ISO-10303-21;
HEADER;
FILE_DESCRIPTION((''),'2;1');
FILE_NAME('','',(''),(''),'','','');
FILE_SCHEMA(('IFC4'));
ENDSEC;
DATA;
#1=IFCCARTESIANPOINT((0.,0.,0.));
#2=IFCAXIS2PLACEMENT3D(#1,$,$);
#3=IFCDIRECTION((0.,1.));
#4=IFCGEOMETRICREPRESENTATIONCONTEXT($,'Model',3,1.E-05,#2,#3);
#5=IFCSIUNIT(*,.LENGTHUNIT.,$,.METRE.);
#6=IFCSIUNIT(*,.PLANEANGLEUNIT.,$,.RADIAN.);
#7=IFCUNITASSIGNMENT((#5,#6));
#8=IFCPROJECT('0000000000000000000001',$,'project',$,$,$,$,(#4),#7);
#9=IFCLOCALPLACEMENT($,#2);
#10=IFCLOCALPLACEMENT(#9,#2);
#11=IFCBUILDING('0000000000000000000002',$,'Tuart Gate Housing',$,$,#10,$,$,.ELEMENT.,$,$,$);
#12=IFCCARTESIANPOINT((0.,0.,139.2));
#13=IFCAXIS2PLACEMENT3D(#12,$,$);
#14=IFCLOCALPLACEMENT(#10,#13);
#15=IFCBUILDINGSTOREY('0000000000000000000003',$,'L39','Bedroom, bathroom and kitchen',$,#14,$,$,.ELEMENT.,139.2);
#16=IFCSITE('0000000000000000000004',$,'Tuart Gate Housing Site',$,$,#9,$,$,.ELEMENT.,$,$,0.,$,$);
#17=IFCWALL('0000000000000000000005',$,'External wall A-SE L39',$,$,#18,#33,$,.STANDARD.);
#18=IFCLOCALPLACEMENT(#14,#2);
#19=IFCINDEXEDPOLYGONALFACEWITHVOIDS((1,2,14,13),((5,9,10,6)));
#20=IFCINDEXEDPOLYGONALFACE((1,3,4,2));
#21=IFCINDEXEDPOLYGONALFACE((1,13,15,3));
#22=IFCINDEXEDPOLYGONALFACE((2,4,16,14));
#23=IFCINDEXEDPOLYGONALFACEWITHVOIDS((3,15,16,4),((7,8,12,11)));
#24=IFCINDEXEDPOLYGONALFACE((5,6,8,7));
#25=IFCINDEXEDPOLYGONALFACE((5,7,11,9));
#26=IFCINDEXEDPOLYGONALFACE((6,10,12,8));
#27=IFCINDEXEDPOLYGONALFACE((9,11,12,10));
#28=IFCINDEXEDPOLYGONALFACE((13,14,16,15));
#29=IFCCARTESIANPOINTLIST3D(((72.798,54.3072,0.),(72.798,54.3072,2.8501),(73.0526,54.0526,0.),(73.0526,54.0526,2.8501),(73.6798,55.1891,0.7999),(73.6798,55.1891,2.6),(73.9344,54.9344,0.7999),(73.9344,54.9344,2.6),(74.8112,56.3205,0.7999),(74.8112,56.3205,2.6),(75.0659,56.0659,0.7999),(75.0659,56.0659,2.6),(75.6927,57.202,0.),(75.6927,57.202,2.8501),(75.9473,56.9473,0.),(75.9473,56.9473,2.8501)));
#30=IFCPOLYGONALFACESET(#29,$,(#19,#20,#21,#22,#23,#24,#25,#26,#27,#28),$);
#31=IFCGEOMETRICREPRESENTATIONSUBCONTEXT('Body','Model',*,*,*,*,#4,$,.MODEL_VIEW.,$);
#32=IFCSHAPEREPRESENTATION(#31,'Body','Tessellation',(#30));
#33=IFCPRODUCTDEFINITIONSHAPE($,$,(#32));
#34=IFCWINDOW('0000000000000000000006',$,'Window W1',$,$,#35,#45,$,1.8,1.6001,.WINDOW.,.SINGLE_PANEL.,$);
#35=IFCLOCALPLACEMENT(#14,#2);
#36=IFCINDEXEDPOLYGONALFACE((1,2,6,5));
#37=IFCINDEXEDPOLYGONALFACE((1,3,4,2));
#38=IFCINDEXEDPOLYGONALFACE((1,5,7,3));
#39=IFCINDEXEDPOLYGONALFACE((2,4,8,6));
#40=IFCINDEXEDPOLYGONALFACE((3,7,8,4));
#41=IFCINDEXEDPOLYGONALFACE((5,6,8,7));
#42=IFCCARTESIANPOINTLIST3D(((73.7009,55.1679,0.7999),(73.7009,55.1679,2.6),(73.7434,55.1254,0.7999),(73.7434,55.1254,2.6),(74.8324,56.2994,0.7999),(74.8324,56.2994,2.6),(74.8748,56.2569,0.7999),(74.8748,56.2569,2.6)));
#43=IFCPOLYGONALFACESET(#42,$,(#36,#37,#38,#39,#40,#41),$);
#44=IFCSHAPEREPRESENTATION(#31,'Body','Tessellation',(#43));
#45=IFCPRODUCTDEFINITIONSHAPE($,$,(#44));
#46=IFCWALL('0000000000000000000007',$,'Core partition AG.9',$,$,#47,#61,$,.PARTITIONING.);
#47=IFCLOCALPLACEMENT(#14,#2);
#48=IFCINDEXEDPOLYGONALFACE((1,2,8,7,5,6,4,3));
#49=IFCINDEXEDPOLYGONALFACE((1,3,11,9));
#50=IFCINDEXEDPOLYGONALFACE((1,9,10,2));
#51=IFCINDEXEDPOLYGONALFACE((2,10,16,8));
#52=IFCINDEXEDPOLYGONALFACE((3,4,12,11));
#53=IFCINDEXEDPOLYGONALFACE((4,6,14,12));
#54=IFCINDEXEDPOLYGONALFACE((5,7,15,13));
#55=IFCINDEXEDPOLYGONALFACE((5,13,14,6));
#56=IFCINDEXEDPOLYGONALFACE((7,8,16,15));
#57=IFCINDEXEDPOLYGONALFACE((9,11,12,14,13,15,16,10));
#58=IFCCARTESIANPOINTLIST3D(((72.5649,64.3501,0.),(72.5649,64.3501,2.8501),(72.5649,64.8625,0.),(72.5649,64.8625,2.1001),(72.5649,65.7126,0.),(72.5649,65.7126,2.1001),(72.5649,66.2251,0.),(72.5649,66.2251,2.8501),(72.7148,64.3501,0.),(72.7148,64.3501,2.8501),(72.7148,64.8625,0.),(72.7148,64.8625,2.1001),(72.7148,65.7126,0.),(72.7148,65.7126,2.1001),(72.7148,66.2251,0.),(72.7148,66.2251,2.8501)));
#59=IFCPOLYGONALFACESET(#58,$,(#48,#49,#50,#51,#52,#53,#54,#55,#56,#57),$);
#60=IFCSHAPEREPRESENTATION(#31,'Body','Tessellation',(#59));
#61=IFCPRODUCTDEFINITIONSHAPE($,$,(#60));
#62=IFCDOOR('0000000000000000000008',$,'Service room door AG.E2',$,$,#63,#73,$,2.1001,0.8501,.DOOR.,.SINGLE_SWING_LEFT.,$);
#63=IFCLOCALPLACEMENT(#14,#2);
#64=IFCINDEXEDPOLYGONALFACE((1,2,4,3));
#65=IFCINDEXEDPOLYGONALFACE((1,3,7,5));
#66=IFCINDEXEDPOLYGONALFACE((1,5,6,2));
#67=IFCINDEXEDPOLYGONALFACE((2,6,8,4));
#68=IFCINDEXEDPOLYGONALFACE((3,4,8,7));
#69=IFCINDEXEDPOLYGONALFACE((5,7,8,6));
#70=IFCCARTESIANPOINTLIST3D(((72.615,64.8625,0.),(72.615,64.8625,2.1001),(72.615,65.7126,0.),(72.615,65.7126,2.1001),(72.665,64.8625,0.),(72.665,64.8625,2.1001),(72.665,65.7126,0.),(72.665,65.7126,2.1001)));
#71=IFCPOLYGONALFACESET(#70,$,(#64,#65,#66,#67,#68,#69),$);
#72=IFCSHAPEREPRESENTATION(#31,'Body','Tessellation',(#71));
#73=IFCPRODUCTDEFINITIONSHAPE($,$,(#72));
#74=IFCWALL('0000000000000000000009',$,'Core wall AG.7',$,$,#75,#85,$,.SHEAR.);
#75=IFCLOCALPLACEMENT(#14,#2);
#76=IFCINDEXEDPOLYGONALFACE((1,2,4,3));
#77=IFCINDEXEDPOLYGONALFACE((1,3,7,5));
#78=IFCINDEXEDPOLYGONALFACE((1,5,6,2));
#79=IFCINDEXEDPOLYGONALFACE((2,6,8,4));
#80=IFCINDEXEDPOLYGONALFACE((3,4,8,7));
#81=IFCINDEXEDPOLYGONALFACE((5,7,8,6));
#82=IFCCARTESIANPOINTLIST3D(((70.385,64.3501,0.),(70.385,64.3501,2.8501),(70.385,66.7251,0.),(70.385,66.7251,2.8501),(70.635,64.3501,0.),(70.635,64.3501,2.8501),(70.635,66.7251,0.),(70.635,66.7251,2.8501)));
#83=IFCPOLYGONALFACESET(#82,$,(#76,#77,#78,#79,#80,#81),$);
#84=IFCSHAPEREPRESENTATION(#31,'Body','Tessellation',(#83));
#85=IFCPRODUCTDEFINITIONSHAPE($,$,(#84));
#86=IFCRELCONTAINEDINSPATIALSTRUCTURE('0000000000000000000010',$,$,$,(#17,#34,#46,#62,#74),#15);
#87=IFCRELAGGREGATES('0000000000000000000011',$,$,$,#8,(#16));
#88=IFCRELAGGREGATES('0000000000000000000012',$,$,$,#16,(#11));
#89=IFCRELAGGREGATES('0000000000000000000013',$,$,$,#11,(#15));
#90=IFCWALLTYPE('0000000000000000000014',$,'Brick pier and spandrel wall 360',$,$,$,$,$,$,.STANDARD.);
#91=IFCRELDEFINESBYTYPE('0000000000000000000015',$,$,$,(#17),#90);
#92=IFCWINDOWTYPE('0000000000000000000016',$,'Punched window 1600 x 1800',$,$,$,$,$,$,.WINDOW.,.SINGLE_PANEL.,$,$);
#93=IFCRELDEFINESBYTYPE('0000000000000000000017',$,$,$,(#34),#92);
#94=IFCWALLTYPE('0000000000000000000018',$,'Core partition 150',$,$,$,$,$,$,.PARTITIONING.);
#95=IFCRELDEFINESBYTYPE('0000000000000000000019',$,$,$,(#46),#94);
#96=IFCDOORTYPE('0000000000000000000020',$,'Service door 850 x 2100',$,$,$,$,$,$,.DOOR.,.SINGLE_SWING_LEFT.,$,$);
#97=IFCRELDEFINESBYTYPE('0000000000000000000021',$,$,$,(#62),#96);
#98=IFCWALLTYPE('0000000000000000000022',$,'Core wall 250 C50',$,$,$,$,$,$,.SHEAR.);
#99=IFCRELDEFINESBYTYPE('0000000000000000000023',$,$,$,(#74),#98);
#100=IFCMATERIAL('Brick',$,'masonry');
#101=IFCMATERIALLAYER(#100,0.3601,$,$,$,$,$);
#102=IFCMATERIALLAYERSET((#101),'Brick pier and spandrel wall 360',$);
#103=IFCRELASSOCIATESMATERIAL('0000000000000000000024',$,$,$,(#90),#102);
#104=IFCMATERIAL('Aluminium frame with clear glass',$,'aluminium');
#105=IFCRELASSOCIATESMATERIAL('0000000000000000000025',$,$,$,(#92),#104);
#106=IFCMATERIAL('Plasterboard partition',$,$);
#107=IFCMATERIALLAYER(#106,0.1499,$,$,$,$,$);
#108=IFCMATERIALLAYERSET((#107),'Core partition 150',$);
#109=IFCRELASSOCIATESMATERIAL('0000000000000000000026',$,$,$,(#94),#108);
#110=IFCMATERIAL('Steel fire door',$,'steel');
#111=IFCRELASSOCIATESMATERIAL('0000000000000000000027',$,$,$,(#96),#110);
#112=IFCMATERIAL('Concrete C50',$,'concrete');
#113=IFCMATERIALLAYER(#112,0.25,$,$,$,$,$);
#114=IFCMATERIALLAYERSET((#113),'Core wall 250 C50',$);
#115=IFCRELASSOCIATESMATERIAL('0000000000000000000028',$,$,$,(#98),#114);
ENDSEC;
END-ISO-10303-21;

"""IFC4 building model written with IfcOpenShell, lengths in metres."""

from ifc_helpers import new_model, si_unit, direction, frame, frame_2d, origin, place, context, subcontext, project, spatial, rectangle, extrude, material, layer, layer_set, type_object, element, fill, save


model = new_model("IFC4")

# Units and contexts
model_context = context("Model", 3, precision=1e-05, world=origin(), true_north=direction((0.0, 1.0)))
body_context = subcontext(model_context, "Body", "Model", "MODEL_VIEW")
ifc_project = project(units=[si_unit("LENGTHUNIT", "METRE"), si_unit("PLANEANGLEUNIT", "RADIAN")], contexts=[model_context])

# Site, building, storey
site_placement = place(None, origin())
site = spatial("IfcSite", under=ifc_project, at=site_placement, Name="Tuart Gate Housing Site", CompositionType="ELEMENT", RefElevation=0.0)
building_placement = place(site_placement, origin())
building = spatial("IfcBuilding", under=site, at=building_placement, Name="Tuart Gate Housing", CompositionType="ELEMENT")
storey_placement = place(building_placement, frame((0.0, 0.0, 139.2)))
storey = spatial("IfcBuildingStorey", under=building, at=storey_placement, Name="L39", Description="Bedroom, bathroom and kitchen", CompositionType="ELEMENT", Elevation=139.2)

# Wall, opening, window
ifc_material_1 = material(Name="Brick", Category="masonry")
ifc_layer_1 = layer(ifc_material_1, 0.3601)
ifc_layer_set_1 = layer_set([ifc_layer_1], Name="Brick pier and spandrel wall 360")
wall_type_1 = type_object("IfcWallType", Name="Brick pier and spandrel wall 360", PredefinedType="STANDARD", material=ifc_layer_set_1)
wall_1_placement = place(storey_placement, frame((72.9253, 54.1799, 0.0), z_axis=(0.0, 0.0, 1.0), x_axis=(0.707107, 0.707107, 0.0)))
wall_1 = element("IfcWall", 1, at=wall_1_placement, inside=storey, type_object=wall_type_1, Name="External wall A-SE L39", PredefinedType="STANDARD", context=body_context, shape_type="SweptSolid", body=[
    extrude(rectangle(XDim=4.0938, YDim=0.3601, at=frame_2d((2.0469, 0.0))), origin(), (0.0, 0.0, 1.0), 2.8501),
])
opening_1_placement = place(wall_1_placement, frame((1.2471, 0.0, 0.8)))
opening_1 = element("IfcOpeningElement", 2, at=opening_1_placement, cuts=wall_1, PredefinedType="OPENING", context=body_context, shape_type="SweptSolid", body=[
    extrude(rectangle(XDim=1.6001, YDim=1.8, at=frame_2d((0.8, 0.8999))), frame((0.0, 0.1899, 0.0), z_axis=(0.0, -1.0, 0.0), x_axis=(1.0, 0.0, 0.0)), (0.0, 0.0, 1.0), 0.3801),
])
ifc_material_2 = material(Name="Aluminium frame with clear glass", Category="aluminium")
window_type = type_object("IfcWindowType", Name="Punched window 1600 x 1800", PartitioningType="SINGLE_PANEL", PredefinedType="WINDOW", material=ifc_material_2)
window_placement = place(opening_1_placement, origin())
window = element("IfcWindow", 3, at=window_placement, inside=storey, type_object=window_type, Name="Window W1", OverallHeight=1.8, OverallWidth=1.6001, PartitioningType="SINGLE_PANEL", PredefinedType="WINDOW", context=body_context, shape_type="SweptSolid", body=[
    extrude(rectangle(XDim=1.6001, YDim=1.8, at=frame_2d((0.8, 0.8999))), frame((0.0, 0.1501, 0.0), z_axis=(0.0, -1.0, 0.0), x_axis=(1.0, 0.0, 0.0)), (0.0, 0.0, 1.0), 0.0601),
])
fill(opening_1, window)

# Wall, opening, door
ifc_material_3 = material(Name="Plasterboard partition")
ifc_layer_2 = layer(ifc_material_3, 0.1499)
ifc_layer_set_2 = layer_set([ifc_layer_2], Name="Core partition 150")
wall_type_2 = type_object("IfcWallType", Name="Core partition 150", PredefinedType="PARTITIONING", material=ifc_layer_set_2)
wall_2_placement = place(storey_placement, frame((72.6399, 64.3501, 0.0), z_axis=(0.0, 0.0, 1.0), x_axis=(0.0, 1.0, 0.0)))
wall_2 = element("IfcWall", 4, at=wall_2_placement, inside=storey, type_object=wall_type_2, Name="Core partition AG.9", PredefinedType="PARTITIONING", context=body_context, shape_type="SweptSolid", body=[
    extrude(rectangle(XDim=1.875, YDim=0.1499, at=frame_2d((0.9375, 0.0))), origin(), (0.0, 0.0, 1.0), 2.8501),
])
opening_2_placement = place(wall_2_placement, frame((0.5125, 0.0, 0.0)))
opening_2 = element("IfcOpeningElement", 5, at=opening_2_placement, cuts=wall_2, PredefinedType="OPENING", context=body_context, shape_type="SweptSolid", body=[
    extrude(rectangle(XDim=0.8501, YDim=2.1001, at=frame_2d((0.425, 1.05))), frame((0.0, 0.085, 0.0), z_axis=(0.0, -1.0, 0.0), x_axis=(1.0, 0.0, 0.0)), (0.0, 0.0, 1.0), 0.1699),
])
ifc_material_4 = material(Name="Steel fire door", Category="steel")
door_type = type_object("IfcDoorType", Name="Service door 850 x 2100", OperationType="SINGLE_SWING_LEFT", PredefinedType="DOOR", material=ifc_material_4)
door_placement = place(opening_2_placement, origin())
door = element("IfcDoor", 6, at=door_placement, inside=storey, type_object=door_type, Name="Service room door AG.E2", OperationType="SINGLE_SWING_LEFT", OverallHeight=2.1001, OverallWidth=0.8501, PredefinedType="DOOR", context=body_context, shape_type="SweptSolid", body=[
    extrude(rectangle(XDim=0.8501, YDim=2.1001, at=frame_2d((0.425, 1.05))), frame((0.0, 0.0249, 0.0), z_axis=(0.0, -1.0, 0.0), x_axis=(1.0, 0.0, 0.0)), (0.0, 0.0, 1.0), 0.05),
])
fill(opening_2, door)

# Wall
ifc_material_5 = material(Name="Concrete C50", Category="concrete")
ifc_layer_3 = layer(ifc_material_5, 0.25)
ifc_layer_set_3 = layer_set([ifc_layer_3], Name="Core wall 250 C50")
wall_type_3 = type_object("IfcWallType", Name="Core wall 250 C50", PredefinedType="SHEAR", material=ifc_layer_set_3)
wall_3_placement = place(storey_placement, frame((70.51, 64.3501, 0.0), z_axis=(0.0, 0.0, 1.0), x_axis=(0.0, 1.0, 0.0)))
element("IfcWall", 7, at=wall_3_placement, inside=storey, type_object=wall_type_3, Name="Core wall AG.7", PredefinedType="SHEAR", context=body_context, shape_type="SweptSolid", body=[
    extrude(rectangle(XDim=2.375, YDim=0.25, at=frame_2d((1.1875, 0.0))), origin(), (0.0, 0.0, 1.0), 2.8501),
])

save(model, "model.ifc")
